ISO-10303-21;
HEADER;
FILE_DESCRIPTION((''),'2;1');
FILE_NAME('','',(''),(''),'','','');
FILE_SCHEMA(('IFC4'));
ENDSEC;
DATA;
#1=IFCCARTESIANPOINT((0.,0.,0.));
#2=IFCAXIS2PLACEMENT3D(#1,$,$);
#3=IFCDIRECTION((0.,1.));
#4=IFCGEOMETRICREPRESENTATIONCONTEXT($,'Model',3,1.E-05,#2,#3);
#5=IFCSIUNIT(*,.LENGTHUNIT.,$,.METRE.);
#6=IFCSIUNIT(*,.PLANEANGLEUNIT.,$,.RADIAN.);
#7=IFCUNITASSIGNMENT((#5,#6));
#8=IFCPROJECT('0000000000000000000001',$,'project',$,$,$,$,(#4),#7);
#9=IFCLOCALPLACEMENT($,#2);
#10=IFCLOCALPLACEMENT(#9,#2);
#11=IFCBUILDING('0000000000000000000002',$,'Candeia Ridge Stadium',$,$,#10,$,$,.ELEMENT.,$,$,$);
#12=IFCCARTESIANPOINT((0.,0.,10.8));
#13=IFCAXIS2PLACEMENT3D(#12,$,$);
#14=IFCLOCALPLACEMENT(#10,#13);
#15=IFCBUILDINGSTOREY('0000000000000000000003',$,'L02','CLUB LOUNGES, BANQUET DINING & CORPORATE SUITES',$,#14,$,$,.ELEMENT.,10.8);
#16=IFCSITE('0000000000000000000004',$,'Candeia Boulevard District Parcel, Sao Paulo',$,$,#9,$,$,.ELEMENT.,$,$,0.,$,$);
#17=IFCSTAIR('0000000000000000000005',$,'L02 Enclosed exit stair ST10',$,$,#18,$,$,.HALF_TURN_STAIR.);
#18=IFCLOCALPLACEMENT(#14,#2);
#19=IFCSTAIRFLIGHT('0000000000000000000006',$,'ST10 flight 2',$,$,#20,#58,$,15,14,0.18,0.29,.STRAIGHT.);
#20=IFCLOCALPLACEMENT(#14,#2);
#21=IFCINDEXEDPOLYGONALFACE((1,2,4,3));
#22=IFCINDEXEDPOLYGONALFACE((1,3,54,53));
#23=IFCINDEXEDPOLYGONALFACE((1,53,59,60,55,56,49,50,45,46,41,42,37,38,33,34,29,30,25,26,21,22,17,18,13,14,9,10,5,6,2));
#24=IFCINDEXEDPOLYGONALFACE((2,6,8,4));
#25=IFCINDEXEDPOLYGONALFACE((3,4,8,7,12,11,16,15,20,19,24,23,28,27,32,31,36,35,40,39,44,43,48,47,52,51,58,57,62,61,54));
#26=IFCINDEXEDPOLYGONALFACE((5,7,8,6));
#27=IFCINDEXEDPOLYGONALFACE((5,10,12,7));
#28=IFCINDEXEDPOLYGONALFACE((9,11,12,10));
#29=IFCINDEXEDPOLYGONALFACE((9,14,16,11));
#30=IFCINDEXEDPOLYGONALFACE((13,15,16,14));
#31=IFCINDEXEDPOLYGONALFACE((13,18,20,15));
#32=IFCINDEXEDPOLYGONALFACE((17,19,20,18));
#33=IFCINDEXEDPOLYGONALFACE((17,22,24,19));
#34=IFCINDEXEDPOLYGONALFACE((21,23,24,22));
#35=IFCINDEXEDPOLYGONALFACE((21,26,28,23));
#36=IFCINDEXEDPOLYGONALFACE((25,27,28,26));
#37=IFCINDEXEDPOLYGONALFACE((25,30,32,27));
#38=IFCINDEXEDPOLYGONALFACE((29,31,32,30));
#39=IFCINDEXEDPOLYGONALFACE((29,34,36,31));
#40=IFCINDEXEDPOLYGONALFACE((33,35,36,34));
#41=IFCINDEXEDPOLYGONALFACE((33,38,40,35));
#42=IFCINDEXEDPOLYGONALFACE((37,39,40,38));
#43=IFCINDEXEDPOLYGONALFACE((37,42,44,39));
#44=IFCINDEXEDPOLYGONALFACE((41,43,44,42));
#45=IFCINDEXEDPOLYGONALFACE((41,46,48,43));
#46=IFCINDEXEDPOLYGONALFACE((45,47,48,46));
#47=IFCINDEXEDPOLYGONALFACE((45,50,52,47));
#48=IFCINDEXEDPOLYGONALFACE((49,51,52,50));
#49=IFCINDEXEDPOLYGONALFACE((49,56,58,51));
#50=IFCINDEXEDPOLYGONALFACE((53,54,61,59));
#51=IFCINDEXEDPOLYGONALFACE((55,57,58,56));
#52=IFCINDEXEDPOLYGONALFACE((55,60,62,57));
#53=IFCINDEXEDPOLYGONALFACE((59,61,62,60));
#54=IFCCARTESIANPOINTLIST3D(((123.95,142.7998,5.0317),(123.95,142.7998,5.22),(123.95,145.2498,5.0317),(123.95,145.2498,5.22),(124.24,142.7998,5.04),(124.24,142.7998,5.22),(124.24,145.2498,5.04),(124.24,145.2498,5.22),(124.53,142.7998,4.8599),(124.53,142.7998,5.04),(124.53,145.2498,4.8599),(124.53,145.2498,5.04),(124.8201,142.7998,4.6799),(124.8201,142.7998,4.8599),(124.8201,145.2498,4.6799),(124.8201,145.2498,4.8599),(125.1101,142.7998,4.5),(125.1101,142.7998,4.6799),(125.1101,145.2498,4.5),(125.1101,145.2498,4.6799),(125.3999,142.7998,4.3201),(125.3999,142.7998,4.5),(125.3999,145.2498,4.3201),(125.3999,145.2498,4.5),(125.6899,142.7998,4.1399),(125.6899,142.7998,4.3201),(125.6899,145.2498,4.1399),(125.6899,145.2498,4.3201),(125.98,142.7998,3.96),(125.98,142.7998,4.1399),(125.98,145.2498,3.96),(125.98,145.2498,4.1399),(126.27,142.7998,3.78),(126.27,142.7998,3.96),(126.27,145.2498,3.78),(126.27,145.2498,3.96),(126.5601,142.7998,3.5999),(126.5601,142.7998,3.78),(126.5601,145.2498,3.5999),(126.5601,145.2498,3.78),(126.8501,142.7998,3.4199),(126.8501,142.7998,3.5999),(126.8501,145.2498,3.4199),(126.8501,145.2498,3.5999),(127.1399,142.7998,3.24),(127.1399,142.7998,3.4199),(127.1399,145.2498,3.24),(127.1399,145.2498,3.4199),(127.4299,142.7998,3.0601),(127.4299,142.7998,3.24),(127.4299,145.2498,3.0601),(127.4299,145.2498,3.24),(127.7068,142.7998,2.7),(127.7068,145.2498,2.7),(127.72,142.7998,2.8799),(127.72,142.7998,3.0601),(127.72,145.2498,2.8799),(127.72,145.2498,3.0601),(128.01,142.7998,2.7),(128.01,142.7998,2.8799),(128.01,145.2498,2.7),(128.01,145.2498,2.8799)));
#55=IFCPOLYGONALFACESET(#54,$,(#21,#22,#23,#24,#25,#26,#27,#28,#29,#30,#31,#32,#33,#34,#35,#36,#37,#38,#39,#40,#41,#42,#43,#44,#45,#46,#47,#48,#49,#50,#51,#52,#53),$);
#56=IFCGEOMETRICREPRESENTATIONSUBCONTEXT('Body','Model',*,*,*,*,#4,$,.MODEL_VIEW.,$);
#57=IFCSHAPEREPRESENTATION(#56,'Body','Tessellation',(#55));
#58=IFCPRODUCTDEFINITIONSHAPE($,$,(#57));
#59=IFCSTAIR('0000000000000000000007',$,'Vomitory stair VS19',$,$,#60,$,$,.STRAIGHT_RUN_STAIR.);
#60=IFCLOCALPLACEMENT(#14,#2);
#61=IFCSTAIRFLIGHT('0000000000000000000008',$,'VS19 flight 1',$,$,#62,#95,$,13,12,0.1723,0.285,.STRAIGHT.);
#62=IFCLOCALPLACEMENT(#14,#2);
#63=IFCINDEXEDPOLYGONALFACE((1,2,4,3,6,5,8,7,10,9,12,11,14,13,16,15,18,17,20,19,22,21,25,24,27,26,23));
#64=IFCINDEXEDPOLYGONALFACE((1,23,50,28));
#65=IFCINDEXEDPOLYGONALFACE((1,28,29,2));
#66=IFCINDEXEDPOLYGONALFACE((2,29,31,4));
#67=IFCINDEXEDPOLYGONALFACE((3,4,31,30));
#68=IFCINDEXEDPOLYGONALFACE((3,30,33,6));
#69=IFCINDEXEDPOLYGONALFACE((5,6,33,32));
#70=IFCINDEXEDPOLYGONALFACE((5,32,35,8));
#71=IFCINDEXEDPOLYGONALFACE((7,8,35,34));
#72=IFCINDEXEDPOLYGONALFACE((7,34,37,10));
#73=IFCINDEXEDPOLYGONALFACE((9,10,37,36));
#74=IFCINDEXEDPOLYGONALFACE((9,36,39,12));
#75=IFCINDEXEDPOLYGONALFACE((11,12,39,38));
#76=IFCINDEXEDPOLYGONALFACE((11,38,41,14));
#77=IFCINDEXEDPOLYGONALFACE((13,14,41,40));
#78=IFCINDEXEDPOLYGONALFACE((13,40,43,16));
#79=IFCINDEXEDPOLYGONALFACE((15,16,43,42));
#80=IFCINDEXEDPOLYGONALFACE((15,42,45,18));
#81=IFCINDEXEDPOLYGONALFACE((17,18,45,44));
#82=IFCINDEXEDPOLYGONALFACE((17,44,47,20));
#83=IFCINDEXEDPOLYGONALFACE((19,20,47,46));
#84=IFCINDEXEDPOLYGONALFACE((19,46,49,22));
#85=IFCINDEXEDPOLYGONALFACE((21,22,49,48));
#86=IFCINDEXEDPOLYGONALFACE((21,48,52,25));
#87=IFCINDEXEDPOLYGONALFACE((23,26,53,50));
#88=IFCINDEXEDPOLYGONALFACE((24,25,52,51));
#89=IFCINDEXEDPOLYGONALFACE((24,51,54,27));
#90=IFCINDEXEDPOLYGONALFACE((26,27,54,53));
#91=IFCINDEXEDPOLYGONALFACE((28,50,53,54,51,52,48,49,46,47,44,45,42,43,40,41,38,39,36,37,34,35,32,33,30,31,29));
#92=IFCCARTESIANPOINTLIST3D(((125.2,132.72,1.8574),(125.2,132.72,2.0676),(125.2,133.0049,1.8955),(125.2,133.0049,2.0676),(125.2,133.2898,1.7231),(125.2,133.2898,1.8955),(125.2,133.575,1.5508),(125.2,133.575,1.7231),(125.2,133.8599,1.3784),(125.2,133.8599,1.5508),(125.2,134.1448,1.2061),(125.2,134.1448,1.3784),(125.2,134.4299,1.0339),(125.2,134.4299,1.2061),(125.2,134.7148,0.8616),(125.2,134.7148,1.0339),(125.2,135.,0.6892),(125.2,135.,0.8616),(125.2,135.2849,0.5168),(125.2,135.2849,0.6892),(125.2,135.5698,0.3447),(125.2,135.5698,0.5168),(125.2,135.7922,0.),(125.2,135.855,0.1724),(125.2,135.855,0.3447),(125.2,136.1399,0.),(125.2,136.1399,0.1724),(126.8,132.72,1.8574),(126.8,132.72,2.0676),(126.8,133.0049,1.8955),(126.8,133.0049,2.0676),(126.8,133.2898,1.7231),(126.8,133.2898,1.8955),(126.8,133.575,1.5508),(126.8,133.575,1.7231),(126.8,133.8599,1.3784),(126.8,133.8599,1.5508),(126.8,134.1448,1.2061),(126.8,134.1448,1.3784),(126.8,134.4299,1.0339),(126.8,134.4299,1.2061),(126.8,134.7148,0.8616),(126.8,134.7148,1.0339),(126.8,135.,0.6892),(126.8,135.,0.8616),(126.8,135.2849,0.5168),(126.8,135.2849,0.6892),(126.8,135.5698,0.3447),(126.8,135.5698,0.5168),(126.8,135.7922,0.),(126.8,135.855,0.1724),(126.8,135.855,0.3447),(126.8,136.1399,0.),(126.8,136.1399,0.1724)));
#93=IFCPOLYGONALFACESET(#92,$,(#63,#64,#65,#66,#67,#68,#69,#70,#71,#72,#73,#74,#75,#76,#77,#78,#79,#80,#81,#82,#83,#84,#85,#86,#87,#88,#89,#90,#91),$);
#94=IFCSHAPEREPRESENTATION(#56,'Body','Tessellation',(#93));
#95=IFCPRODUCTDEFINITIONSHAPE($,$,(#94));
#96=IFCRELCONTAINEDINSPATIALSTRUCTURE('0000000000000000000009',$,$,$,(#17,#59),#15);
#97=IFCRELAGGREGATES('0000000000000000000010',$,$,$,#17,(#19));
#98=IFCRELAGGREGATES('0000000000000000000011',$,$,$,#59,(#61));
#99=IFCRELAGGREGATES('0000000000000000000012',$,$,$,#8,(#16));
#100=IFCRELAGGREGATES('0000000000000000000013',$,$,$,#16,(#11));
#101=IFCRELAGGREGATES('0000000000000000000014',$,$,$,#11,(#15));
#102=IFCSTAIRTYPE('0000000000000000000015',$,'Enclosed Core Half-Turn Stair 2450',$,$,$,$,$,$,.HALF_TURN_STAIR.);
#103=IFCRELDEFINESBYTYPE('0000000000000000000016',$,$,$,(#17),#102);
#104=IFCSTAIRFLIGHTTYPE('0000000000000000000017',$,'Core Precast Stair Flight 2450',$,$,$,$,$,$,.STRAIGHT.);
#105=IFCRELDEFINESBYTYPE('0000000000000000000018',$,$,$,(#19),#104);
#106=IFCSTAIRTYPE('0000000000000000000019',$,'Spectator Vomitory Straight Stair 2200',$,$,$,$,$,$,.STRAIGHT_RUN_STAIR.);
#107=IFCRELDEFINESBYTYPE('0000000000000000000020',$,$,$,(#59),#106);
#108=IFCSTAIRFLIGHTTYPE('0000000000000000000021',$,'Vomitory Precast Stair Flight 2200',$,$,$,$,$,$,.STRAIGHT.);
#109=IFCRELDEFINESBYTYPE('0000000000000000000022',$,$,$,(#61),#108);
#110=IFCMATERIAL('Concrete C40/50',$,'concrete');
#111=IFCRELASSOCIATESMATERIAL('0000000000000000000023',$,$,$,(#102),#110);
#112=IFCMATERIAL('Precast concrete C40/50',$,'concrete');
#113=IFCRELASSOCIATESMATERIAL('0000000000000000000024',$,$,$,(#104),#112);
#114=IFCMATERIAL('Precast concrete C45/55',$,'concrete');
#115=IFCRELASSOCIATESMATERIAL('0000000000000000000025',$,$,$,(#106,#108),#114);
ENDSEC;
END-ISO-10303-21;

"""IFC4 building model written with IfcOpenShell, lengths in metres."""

from ifc_helpers import new_model, si_unit, direction, frame, origin, place, context, subcontext, project, spatial, polyline, outline, extrude, material, type_object, element, aggregate, save


model = new_model("IFC4")

# Units and contexts
model_context = context("Model", 3, precision=1e-05, world=origin(), true_north=direction((0.0, 1.0)))
body_context = subcontext(model_context, "Body", "Model", "MODEL_VIEW")
ifc_project = project(units=[si_unit("LENGTHUNIT", "METRE"), si_unit("PLANEANGLEUNIT", "RADIAN")], contexts=[model_context])

# Site, building, storey
site_placement = place(None, origin())
site = spatial("IfcSite", under=ifc_project, at=site_placement, Name="Candeia Boulevard District Parcel, Sao Paulo", CompositionType="ELEMENT", RefElevation=0.0)
building_placement = place(site_placement, origin())
building = spatial("IfcBuilding", under=site, at=building_placement, Name="Candeia Ridge Stadium", CompositionType="ELEMENT")
storey_placement = place(building_placement, frame((0.0, 0.0, 10.8)))
storey = spatial("IfcBuildingStorey", under=building, at=storey_placement, Name="L02", Description="CLUB LOUNGES, BANQUET DINING & CORPORATE SUITES", CompositionType="ELEMENT", Elevation=10.8)

# Shared definitions
ifc_material_1 = material(Name="Concrete C40/50", Category="concrete")

# Stair, stair flight
stair_type_1 = type_object("IfcStairType", Name="Enclosed Core Half-Turn Stair 2450", PredefinedType="HALF_TURN_STAIR", material=ifc_material_1)
stair_1_placement = place(storey_placement, origin())
stair_1 = element("IfcStair", 1, at=stair_1_placement, inside=storey, type_object=stair_type_1, Name="L02 Enclosed exit stair ST10", PredefinedType="HALF_TURN_STAIR")
ifc_material_2 = material(Name="Precast concrete C40/50", Category="concrete")
stair_flight_type_1 = type_object("IfcStairFlightType", Name="Core Precast Stair Flight 2450", PredefinedType="STRAIGHT", material=ifc_material_2)
stair_flight_1_placement = place(storey_placement, frame((128.01, 144.0249, 2.7), z_axis=(0.0, 0.0, 1.0), x_axis=(-1.0, 0.0, 0.0)))
stair_flight_1 = element("IfcStairFlight", 2, at=stair_flight_1_placement, type_object=stair_flight_type_1, Name="ST10 flight 2", NumberOfRisers=15, NumberOfTreads=14, PredefinedType="STRAIGHT", RiserHeight=0.18, TreadLength=0.29, context=body_context, shape_type="SweptSolid", body=[
    extrude(outline(polyline([(0.0, 0.0), (0.0, 0.1799), (0.29, 0.1799), (0.29, 0.3601), (0.5801, 0.3601), (0.5801, 0.54), (0.8701, 0.54), (0.8701, 0.72), (1.1599, 0.72), (1.1599, 0.8999), (1.45, 0.8999), (1.45, 1.0801), (1.74, 1.0801), (1.74, 1.26), (2.03, 1.26), (2.03, 1.4399), (2.3201, 1.4399), (2.3201, 1.6201), (2.6101, 1.6201), (2.6101, 1.8), (2.8999, 1.8), (2.8999, 1.98), (3.1899, 1.98), (3.1899, 2.1599), (3.48, 2.1599), (3.48, 2.3401), (3.77, 2.3401), (3.77, 2.52), (4.0601, 2.52), (4.0601, 2.7), (4.0601, 2.3318), (0.3032, 0.0), (0.0, 0.0)])), frame((0.0, 1.2251, 0.0), z_axis=(0.0, -1.0, 0.0), x_axis=(1.0, 0.0, 0.0)), (0.0, 0.0, 1.0), 2.45),
])
aggregate(stair_1, [stair_flight_1])

# Stair, stair flight
ifc_material_3 = material(Name="Precast concrete C45/55", Category="concrete")
stair_type_2 = type_object("IfcStairType", Name="Spectator Vomitory Straight Stair 2200", PredefinedType="STRAIGHT_RUN_STAIR", material=ifc_material_3)
stair_2_placement = place(storey_placement, origin())
stair_2 = element("IfcStair", 3, at=stair_2_placement, inside=storey, type_object=stair_type_2, Name="Vomitory stair VS19", PredefinedType="STRAIGHT_RUN_STAIR")
stair_flight_type_2 = type_object("IfcStairFlightType", Name="Vomitory Precast Stair Flight 2200", PredefinedType="STRAIGHT", material=ifc_material_3)
stair_flight_2_placement = place(storey_placement, frame((126.0, 136.1399, 0.0), z_axis=(0.0, 0.0, 1.0), x_axis=(0.0, -1.0, 0.0)))
stair_flight_2 = element("IfcStairFlight", 4, at=stair_flight_2_placement, type_object=stair_flight_type_2, Name="VS19 flight 1", NumberOfRisers=13, NumberOfTreads=12, PredefinedType="STRAIGHT", RiserHeight=0.1723, TreadLength=0.285, context=body_context, shape_type="SweptSolid", body=[
    extrude(outline(polyline([(0.0, 0.0), (0.0, 0.1724), (0.2849, 0.1724), (0.2849, 0.3447), (0.5701, 0.3447), (0.5701, 0.5168), (0.855, 0.5168), (0.855, 0.6892), (1.1399, 0.6892), (1.1399, 0.8616), (1.425, 0.8616), (1.425, 1.0339), (1.71, 1.0339), (1.71, 1.2061), (1.9951, 1.2061), (1.9951, 1.3784), (2.28, 1.3784), (2.28, 1.5508), (2.5649, 1.5508), (2.5649, 1.7231), (2.8501, 1.7231), (2.8501, 1.8955), (3.135, 1.8955), (3.135, 2.0676), (3.4199, 2.0676), (3.4199, 2.24), (3.4199, 1.8574), (0.3477, 0.0), (0.0, 0.0)])), frame((0.0, 0.8, 0.0), z_axis=(0.0, -1.0, 0.0), x_axis=(1.0, 0.0, 0.0)), (0.0, 0.0, 1.0), 1.6001),
])
aggregate(stair_2, [stair_flight_2])

save(model, "model.ifc")
